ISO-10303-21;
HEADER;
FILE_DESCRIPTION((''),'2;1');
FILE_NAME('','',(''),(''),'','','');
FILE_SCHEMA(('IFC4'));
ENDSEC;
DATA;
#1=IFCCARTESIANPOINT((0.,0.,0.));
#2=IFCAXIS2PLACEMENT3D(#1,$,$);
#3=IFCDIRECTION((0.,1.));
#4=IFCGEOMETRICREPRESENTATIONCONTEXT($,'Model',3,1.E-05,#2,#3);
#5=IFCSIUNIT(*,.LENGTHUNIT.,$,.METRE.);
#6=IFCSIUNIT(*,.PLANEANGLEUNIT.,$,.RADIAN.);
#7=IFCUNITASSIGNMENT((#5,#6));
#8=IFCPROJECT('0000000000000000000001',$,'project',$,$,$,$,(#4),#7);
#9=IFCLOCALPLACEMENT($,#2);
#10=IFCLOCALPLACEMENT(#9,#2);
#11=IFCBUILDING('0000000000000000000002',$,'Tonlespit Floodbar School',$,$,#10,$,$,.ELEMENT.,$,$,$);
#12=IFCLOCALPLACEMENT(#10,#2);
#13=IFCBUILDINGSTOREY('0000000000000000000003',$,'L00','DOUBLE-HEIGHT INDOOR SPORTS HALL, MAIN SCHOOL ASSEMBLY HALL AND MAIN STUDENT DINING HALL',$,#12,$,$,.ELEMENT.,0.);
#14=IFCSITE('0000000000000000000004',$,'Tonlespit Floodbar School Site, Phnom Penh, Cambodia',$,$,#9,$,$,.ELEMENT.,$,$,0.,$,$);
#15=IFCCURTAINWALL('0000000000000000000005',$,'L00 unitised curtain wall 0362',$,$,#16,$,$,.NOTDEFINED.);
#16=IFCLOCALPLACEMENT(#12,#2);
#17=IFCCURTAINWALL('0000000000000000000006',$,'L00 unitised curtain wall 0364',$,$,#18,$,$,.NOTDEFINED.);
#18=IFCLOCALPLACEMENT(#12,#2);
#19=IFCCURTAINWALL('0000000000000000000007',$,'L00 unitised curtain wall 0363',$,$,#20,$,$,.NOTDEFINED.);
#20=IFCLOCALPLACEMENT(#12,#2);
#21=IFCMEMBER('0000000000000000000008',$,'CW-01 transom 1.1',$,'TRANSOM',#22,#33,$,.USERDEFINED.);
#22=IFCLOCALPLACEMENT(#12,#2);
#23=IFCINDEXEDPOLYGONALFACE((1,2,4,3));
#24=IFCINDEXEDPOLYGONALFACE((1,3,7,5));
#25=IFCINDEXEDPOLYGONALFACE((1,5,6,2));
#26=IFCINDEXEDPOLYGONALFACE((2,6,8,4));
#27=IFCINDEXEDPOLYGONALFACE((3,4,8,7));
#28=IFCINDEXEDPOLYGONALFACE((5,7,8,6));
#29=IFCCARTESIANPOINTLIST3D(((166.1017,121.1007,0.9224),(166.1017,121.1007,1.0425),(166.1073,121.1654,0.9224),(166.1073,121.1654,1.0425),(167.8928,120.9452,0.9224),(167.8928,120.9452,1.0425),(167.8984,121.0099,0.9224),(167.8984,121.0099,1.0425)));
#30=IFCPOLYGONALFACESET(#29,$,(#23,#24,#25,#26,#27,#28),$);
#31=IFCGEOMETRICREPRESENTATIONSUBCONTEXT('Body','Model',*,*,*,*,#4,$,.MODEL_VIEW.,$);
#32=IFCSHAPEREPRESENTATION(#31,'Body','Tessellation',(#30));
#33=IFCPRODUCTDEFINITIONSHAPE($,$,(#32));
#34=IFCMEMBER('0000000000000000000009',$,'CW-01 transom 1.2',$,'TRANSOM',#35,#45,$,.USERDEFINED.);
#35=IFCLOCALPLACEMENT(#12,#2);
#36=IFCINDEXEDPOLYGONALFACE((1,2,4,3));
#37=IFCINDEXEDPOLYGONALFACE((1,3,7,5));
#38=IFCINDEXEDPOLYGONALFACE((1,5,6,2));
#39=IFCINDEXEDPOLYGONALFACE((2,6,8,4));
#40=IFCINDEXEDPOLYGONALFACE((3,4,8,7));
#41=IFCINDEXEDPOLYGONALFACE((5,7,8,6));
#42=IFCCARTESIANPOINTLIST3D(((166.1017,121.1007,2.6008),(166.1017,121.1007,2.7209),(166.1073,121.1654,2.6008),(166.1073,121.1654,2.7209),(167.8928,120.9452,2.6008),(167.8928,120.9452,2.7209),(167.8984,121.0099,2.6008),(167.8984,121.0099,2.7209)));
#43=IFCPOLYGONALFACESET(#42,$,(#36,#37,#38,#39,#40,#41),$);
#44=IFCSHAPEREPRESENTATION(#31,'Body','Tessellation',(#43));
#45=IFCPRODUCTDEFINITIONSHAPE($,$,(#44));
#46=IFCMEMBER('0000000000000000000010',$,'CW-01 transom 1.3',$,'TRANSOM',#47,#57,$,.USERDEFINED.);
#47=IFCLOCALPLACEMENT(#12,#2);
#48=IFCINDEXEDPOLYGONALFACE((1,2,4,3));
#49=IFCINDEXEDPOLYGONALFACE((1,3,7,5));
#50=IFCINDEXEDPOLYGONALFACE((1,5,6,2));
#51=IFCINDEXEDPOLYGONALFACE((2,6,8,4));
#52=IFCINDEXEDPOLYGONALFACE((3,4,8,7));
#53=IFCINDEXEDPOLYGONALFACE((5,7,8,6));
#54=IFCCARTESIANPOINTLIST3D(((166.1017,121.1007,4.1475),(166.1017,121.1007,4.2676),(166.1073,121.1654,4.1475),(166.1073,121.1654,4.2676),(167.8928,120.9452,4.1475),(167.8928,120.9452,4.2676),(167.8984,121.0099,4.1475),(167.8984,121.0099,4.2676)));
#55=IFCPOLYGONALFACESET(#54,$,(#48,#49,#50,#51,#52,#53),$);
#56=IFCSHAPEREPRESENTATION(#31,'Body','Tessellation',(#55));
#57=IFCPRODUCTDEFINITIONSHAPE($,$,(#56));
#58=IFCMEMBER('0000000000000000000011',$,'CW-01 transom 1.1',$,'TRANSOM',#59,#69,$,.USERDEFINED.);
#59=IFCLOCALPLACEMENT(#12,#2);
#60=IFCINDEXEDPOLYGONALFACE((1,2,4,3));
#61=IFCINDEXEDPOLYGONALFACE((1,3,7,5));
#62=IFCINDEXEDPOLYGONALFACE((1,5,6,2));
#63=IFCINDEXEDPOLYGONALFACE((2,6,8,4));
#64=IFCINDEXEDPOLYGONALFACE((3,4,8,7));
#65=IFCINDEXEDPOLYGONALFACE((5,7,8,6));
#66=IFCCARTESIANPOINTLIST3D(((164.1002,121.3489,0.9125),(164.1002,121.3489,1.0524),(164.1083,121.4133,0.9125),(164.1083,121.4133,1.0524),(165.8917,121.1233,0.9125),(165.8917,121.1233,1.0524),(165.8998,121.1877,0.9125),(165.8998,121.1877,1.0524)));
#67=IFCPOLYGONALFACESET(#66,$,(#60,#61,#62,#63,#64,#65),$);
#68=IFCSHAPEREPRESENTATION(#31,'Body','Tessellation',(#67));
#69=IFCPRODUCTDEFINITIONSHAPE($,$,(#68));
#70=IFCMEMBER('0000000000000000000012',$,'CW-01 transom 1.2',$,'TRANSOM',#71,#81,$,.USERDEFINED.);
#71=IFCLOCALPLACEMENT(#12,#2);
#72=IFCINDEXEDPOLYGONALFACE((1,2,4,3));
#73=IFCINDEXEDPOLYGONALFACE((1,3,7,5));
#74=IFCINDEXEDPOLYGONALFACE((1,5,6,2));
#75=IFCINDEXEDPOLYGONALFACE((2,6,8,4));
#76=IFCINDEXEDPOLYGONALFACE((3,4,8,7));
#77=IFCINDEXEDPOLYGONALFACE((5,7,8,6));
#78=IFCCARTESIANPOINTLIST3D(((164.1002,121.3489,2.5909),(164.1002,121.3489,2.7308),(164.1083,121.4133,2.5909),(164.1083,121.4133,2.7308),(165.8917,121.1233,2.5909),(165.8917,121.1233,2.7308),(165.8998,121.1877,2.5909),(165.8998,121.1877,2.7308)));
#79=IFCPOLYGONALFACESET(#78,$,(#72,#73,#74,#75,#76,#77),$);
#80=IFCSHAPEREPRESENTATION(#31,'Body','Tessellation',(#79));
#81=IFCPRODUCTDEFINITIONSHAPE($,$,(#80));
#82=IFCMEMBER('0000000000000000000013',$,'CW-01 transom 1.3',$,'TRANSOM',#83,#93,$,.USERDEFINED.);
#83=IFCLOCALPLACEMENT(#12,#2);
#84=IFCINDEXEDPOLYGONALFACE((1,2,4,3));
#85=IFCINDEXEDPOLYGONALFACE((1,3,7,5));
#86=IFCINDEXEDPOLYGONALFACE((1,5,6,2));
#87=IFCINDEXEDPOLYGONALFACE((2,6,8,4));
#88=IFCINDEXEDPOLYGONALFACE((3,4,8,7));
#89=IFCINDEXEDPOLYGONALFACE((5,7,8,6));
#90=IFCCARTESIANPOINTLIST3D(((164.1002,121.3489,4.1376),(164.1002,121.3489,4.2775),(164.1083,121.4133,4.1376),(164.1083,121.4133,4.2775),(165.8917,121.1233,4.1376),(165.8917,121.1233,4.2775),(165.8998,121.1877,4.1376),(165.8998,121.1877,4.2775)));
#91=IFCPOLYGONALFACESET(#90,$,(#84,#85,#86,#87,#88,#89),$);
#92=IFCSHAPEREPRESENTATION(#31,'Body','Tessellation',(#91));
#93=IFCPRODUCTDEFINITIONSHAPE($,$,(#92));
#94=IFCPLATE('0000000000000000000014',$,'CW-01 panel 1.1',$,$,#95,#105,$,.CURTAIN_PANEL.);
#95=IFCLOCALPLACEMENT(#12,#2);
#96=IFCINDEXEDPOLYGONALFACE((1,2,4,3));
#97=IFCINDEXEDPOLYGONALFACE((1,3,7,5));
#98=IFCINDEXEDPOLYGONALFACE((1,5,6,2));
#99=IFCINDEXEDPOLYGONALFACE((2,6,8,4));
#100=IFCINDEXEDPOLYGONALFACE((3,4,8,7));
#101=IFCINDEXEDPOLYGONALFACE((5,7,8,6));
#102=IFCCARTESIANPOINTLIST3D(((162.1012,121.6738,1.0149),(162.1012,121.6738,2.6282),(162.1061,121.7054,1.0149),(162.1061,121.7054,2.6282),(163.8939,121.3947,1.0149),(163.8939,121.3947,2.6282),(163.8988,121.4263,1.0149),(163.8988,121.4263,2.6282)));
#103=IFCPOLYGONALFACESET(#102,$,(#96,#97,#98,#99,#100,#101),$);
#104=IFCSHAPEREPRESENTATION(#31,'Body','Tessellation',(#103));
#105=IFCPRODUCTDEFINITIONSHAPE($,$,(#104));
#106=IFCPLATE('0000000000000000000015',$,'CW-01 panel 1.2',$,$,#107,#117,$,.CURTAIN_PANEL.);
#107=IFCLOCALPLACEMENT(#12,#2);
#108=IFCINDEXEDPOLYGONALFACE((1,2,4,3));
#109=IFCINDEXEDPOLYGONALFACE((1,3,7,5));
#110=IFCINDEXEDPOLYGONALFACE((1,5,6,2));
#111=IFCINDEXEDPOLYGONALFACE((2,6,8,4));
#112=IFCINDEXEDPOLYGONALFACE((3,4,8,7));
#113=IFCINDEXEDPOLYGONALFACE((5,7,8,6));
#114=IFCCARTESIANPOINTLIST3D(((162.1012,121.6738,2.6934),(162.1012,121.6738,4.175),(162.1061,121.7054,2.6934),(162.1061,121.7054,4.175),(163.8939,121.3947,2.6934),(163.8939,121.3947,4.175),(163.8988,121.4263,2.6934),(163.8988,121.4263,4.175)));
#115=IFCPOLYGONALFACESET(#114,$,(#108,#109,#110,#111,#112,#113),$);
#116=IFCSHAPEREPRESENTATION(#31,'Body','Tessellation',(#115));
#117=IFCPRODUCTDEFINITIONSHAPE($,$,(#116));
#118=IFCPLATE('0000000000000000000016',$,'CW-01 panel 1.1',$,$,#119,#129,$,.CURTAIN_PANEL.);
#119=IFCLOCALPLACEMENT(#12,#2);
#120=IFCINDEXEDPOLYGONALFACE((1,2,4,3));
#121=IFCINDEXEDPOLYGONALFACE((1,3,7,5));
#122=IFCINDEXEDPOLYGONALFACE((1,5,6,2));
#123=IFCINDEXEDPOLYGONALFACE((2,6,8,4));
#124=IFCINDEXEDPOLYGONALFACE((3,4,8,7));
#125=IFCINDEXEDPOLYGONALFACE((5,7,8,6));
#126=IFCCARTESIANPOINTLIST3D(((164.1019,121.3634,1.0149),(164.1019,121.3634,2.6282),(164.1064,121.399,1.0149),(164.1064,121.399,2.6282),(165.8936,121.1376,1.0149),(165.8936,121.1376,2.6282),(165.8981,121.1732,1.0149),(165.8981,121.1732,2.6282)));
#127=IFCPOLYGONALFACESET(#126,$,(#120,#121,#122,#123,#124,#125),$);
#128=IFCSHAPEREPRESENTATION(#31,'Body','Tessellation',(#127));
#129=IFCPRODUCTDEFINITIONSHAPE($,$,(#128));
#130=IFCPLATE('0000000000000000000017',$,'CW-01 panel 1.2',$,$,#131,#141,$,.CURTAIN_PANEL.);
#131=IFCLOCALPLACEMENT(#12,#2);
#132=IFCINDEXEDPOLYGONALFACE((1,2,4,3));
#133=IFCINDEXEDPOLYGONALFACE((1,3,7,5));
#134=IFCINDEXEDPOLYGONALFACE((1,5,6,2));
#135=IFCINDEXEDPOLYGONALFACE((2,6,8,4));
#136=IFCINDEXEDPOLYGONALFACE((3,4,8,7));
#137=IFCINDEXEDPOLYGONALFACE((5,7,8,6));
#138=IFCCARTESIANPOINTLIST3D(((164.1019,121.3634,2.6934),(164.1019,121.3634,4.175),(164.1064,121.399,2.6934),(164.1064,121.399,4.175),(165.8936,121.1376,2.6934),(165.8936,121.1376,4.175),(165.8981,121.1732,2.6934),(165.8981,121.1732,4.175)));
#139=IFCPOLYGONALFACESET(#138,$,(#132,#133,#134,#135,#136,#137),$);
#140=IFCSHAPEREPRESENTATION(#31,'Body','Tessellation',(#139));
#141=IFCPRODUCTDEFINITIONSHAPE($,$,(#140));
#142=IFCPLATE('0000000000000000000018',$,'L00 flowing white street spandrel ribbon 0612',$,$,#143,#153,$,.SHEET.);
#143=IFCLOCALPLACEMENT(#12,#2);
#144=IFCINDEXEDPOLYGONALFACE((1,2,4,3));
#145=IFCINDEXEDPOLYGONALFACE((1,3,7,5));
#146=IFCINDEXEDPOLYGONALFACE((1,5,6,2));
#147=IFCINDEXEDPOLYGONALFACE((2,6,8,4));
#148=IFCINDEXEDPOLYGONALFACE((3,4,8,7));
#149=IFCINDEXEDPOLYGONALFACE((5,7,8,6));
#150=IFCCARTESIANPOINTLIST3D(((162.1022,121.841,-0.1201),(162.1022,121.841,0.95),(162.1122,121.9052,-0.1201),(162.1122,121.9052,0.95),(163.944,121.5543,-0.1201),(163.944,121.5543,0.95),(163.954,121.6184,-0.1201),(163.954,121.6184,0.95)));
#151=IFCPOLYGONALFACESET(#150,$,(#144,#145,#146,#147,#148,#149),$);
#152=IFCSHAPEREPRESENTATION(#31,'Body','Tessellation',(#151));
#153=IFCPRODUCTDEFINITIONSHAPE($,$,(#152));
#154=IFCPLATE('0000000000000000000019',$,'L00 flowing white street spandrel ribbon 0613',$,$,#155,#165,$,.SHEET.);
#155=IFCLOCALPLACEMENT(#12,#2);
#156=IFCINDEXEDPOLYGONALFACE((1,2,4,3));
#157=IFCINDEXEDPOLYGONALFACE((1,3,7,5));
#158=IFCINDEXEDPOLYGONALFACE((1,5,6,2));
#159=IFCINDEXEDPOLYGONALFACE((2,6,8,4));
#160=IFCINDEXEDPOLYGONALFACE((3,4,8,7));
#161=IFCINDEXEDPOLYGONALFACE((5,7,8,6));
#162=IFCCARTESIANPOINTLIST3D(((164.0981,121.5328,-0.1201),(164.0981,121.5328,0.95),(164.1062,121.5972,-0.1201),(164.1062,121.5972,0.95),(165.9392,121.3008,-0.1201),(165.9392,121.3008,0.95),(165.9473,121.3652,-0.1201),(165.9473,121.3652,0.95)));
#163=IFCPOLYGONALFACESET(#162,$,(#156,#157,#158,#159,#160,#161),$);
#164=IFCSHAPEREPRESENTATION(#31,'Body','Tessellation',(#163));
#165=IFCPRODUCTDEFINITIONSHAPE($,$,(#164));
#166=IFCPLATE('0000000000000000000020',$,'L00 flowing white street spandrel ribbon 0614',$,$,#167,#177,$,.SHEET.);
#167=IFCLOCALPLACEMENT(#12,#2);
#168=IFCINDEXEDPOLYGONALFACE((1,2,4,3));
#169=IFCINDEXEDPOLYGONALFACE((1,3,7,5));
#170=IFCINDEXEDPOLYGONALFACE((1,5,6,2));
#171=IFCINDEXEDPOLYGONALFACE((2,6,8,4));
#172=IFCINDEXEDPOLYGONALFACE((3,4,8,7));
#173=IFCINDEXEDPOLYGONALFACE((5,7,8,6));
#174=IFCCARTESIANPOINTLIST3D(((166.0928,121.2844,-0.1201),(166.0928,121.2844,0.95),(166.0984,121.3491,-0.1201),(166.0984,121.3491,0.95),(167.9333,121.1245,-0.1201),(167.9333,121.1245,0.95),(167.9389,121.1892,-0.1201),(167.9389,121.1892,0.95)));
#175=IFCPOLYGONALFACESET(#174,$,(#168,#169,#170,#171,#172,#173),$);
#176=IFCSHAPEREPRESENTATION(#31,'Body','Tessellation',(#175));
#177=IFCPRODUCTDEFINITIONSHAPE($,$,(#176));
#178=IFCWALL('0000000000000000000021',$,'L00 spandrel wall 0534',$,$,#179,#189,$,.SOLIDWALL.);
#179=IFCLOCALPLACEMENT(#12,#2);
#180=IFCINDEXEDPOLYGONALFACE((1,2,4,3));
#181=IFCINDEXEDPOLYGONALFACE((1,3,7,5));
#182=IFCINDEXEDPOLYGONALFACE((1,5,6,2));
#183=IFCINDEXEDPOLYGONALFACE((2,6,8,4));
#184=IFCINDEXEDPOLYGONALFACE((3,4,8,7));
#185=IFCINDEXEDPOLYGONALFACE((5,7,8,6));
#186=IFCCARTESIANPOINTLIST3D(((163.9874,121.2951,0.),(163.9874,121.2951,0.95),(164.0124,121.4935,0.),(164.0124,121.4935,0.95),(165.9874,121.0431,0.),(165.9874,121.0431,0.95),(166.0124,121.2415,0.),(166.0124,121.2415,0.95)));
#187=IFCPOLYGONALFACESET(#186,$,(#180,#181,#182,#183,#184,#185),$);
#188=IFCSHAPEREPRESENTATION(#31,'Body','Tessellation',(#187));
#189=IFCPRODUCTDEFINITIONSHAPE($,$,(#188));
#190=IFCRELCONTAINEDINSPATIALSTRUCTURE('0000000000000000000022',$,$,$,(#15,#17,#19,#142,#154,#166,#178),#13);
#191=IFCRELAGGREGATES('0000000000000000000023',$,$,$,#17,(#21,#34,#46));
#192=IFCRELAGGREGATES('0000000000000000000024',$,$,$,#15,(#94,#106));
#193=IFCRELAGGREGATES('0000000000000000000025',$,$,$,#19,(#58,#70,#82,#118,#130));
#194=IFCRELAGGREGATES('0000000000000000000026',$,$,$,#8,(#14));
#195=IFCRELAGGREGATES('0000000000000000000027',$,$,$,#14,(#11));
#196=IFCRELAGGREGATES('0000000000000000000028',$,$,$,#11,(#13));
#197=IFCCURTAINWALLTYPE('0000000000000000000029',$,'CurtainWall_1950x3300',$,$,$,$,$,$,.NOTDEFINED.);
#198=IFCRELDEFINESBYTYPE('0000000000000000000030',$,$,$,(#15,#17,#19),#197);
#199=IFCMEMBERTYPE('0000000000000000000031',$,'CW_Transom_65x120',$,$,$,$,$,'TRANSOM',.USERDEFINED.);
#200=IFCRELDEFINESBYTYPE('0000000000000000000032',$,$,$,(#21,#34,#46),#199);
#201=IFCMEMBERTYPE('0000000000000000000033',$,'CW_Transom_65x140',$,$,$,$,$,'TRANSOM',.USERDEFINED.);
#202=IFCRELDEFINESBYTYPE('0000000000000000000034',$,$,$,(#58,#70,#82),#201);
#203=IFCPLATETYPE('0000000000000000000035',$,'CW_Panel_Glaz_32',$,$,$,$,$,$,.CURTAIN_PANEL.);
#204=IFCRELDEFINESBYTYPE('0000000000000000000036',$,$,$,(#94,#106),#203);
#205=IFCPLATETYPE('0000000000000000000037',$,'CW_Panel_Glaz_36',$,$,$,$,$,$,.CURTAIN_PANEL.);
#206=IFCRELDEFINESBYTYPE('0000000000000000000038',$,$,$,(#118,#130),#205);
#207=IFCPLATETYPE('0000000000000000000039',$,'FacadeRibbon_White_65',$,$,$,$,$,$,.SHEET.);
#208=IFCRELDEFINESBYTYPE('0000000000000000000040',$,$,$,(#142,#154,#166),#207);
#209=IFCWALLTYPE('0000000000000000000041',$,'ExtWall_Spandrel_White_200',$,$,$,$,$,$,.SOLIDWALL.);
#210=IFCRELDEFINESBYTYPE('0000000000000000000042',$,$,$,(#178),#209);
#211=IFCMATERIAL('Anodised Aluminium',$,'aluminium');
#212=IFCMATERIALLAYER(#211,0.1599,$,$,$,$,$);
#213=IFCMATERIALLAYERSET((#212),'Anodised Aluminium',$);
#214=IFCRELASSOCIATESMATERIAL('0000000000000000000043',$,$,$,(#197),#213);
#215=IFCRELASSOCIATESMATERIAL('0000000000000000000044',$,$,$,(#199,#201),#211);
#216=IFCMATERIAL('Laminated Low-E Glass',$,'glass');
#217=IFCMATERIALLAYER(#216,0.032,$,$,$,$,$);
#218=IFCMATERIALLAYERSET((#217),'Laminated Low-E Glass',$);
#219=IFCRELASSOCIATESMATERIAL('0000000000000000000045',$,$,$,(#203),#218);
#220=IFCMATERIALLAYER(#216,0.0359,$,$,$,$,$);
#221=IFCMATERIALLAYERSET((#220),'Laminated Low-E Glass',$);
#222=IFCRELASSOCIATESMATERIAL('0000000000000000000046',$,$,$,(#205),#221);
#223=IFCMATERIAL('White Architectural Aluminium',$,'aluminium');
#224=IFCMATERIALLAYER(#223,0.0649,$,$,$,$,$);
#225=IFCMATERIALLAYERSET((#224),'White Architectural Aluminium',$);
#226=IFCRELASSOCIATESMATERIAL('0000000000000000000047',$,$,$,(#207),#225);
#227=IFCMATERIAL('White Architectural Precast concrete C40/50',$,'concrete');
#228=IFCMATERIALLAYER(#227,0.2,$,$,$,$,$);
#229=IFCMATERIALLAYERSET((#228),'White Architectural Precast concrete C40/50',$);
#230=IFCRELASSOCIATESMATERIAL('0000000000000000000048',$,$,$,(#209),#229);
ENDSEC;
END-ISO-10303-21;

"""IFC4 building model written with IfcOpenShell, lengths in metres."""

from ifc_helpers import new_model, si_unit, direction, frame, frame_2d, origin, origin_2d, place, context, subcontext, project, spatial, rectangle, extrude, material, layer, layer_set, material_profile, profile_set, type_object, element, aggregate, save


model = new_model("IFC4")

# Units and contexts
model_context = context("Model", 3, precision=1e-05, world=origin(), true_north=direction((0.0, 1.0)))
body_context = subcontext(model_context, "Body", "Model", "MODEL_VIEW")
ifc_project = project(units=[si_unit("LENGTHUNIT", "METRE"), si_unit("PLANEANGLEUNIT", "RADIAN")], contexts=[model_context])

# Site, building, storey
site_placement = place(None, origin())
site = spatial("IfcSite", under=ifc_project, at=site_placement, Name="Tonlespit Floodbar School Site, Phnom Penh, Cambodia", CompositionType="ELEMENT", RefElevation=0.0)
building_placement = place(site_placement, origin())
building = spatial("IfcBuilding", under=site, at=building_placement, Name="Tonlespit Floodbar School", CompositionType="ELEMENT")
storey_placement = place(building_placement, origin())
storey = spatial("IfcBuildingStorey", under=building, at=storey_placement, Name="L00", Description="DOUBLE-HEIGHT INDOOR SPORTS HALL, MAIN SCHOOL ASSEMBLY HALL AND MAIN STUDENT DINING HALL", CompositionType="ELEMENT", Elevation=0.0)

# Curtain walls
ifc_material_1 = material(Name="Anodised Aluminium", Category="aluminium")
ifc_layer_1 = layer(ifc_material_1, 0.1599)
ifc_layer_set_1 = layer_set([ifc_layer_1], Name="Anodised Aluminium")
curtain_wall_type = type_object("IfcCurtainWallType", Name="CurtainWall_1950x3300", PredefinedType="NOTDEFINED", material=ifc_layer_set_1)
curtain_wall_1_placement = place(storey_placement, origin())
curtain_wall_1 = element("IfcCurtainWall", 1, at=curtain_wall_1_placement, inside=storey, type_object=curtain_wall_type, Name="L00 unitised curtain wall 0362", PredefinedType="NOTDEFINED")
curtain_wall_2_placement = place(storey_placement, origin())
curtain_wall_2 = element("IfcCurtainWall", 2, at=curtain_wall_2_placement, inside=storey, type_object=curtain_wall_type, Name="L00 unitised curtain wall 0364", PredefinedType="NOTDEFINED")

# Curtain wall
curtain_wall_3_placement = place(storey_placement, origin())
curtain_wall_3 = element("IfcCurtainWall", 3, at=curtain_wall_3_placement, inside=storey, type_object=curtain_wall_type, Name="L00 unitised curtain wall 0363", PredefinedType="NOTDEFINED")

# Members
ifc_material_profile_1 = material_profile(ifc_material_1, rectangle(XDim=0.0649, YDim=0.1201, at=origin_2d()), Name="ALU T65x120")
ifc_profile_set_1 = profile_set([ifc_material_profile_1], Name="Anodised Aluminium")
member_type_1 = type_object("IfcMemberType", Name="CW_Transom_65x120", ElementType="TRANSOM", PredefinedType="USERDEFINED", material=ifc_profile_set_1)
member_1_placement = place(storey_placement, frame((166.1045, 121.1331, 0.9824), z_axis=(0.996251, -0.086507, 0.0), x_axis=(0.086507, 0.996251, 0.0)))
member_1 = element("IfcMember", 4, at=member_1_placement, type_object=member_type_1, Name="CW-01 transom 1.1", ObjectType="TRANSOM", PredefinedType="USERDEFINED", context=body_context, shape_type="SweptSolid", body=[
    extrude(rectangle(XDim=0.0649, YDim=0.1201, at=origin_2d()), origin(), (0.0, 0.0, 1.0), 1.7979),
])
member_2_placement = place(storey_placement, frame((166.1045, 121.1331, 2.6609), z_axis=(0.996251, -0.086507, 0.0), x_axis=(0.086507, 0.996251, 0.0)))
member_2 = element("IfcMember", 5, at=member_2_placement, type_object=member_type_1, Name="CW-01 transom 1.2", ObjectType="TRANSOM", PredefinedType="USERDEFINED", context=body_context, shape_type="SweptSolid", body=[
    extrude(rectangle(XDim=0.0649, YDim=0.1201, at=origin_2d()), origin(), (0.0, 0.0, 1.0), 1.7979),
])
member_3_placement = place(storey_placement, frame((166.1045, 121.1331, 4.2075), z_axis=(0.996251, -0.086507, 0.0), x_axis=(0.086507, 0.996251, 0.0)))
member_3 = element("IfcMember", 6, at=member_3_placement, type_object=member_type_1, Name="CW-01 transom 1.3", ObjectType="TRANSOM", PredefinedType="USERDEFINED", context=body_context, shape_type="SweptSolid", body=[
    extrude(rectangle(XDim=0.0649, YDim=0.1201, at=origin_2d()), origin(), (0.0, 0.0, 1.0), 1.7979),
])
aggregate(curtain_wall_2, [member_1, member_2, member_3])
ifc_material_profile_2 = material_profile(ifc_material_1, rectangle(XDim=0.0649, YDim=0.1399, at=origin_2d()), Name="ALU T65x140")
ifc_profile_set_2 = profile_set([ifc_material_profile_2], Name="Anodised Aluminium")
member_type_2 = type_object("IfcMemberType", Name="CW_Transom_65x140", ElementType="TRANSOM", PredefinedType="USERDEFINED", material=ifc_profile_set_2)
member_4_placement = place(storey_placement, frame((164.1042, 121.3811, 0.9824), z_axis=(0.992165, -0.124933, 0.0), x_axis=(0.124933, 0.992165, 0.0)))
member_4 = element("IfcMember", 7, at=member_4_placement, type_object=member_type_2, Name="CW-01 transom 1.1", ObjectType="TRANSOM", PredefinedType="USERDEFINED", context=body_context, shape_type="SweptSolid", body=[
    extrude(rectangle(XDim=0.0649, YDim=0.1399, at=origin_2d()), origin(), (0.0, 0.0, 1.0), 1.8057),
])
member_5_placement = place(storey_placement, frame((164.1042, 121.3811, 2.6609), z_axis=(0.992165, -0.124933, 0.0), x_axis=(0.124933, 0.992165, 0.0)))
member_5 = element("IfcMember", 8, at=member_5_placement, type_object=member_type_2, Name="CW-01 transom 1.2", ObjectType="TRANSOM", PredefinedType="USERDEFINED", context=body_context, shape_type="SweptSolid", body=[
    extrude(rectangle(XDim=0.0649, YDim=0.1399, at=origin_2d()), origin(), (0.0, 0.0, 1.0), 1.8057),
])
member_6_placement = place(storey_placement, frame((164.1042, 121.3811, 4.2075), z_axis=(0.992165, -0.124933, 0.0), x_axis=(0.124933, 0.992165, 0.0)))
member_6 = element("IfcMember", 9, at=member_6_placement, type_object=member_type_2, Name="CW-01 transom 1.3", ObjectType="TRANSOM", PredefinedType="USERDEFINED", context=body_context, shape_type="SweptSolid", body=[
    extrude(rectangle(XDim=0.0649, YDim=0.1399, at=origin_2d()), origin(), (0.0, 0.0, 1.0), 1.8057),
])

# Plates
ifc_material_2 = material(Name="Laminated Low-E Glass", Category="glass")
ifc_layer_2 = layer(ifc_material_2, 0.032)
ifc_layer_set_2 = layer_set([ifc_layer_2], Name="Laminated Low-E Glass")
plate_type_1 = type_object("IfcPlateType", Name="CW_Panel_Glaz_32", PredefinedType="CURTAIN_PANEL", material=ifc_layer_set_2)
plate_1_placement = place(storey_placement, frame((163.0, 121.55, 1.0149), z_axis=(0.0, 0.0, 1.0), x_axis=(0.988103, -0.153796, 0.0)))
plate_1 = element("IfcPlate", 10, at=plate_1_placement, type_object=plate_type_1, Name="CW-01 panel 1.1", PredefinedType="CURTAIN_PANEL", context=body_context, shape_type="SweptSolid", body=[
    extrude(rectangle(XDim=1.8142, YDim=0.032, at=origin_2d()), origin(), (0.0, 0.0, 1.0), 1.6133),
])
plate_2_placement = place(storey_placement, frame((163.0, 121.55, 2.6934), z_axis=(0.0, 0.0, 1.0), x_axis=(0.988103, -0.153796, 0.0)))
plate_2 = element("IfcPlate", 11, at=plate_2_placement, type_object=plate_type_1, Name="CW-01 panel 1.2", PredefinedType="CURTAIN_PANEL", context=body_context, shape_type="SweptSolid", body=[
    extrude(rectangle(XDim=1.8142, YDim=0.032, at=origin_2d()), origin(), (0.0, 0.0, 1.0), 1.4817),
])
aggregate(curtain_wall_1, [plate_1, plate_2])
ifc_layer_3 = layer(ifc_material_2, 0.0359)
ifc_layer_set_3 = layer_set([ifc_layer_3], Name="Laminated Low-E Glass")
plate_type_2 = type_object("IfcPlateType", Name="CW_Panel_Glaz_36", PredefinedType="CURTAIN_PANEL", material=ifc_layer_set_3)
plate_3_placement = place(storey_placement, frame((165.0, 121.2683, 1.0149), z_axis=(0.0, 0.0, 1.0), x_axis=(0.992155, -0.125014, 0.0)))
plate_3 = element("IfcPlate", 12, at=plate_3_placement, type_object=plate_type_2, Name="CW-01 panel 1.1", PredefinedType="CURTAIN_PANEL", context=body_context, shape_type="SweptSolid", body=[
    extrude(rectangle(XDim=1.8059, YDim=0.0359, at=origin_2d()), origin(), (0.0, 0.0, 1.0), 1.6133),
])
plate_4_placement = place(storey_placement, frame((165.0, 121.2683, 2.6934), z_axis=(0.0, 0.0, 1.0), x_axis=(0.992155, -0.125014, 0.0)))
plate_4 = element("IfcPlate", 13, at=plate_4_placement, type_object=plate_type_2, Name="CW-01 panel 1.2", PredefinedType="CURTAIN_PANEL", context=body_context, shape_type="SweptSolid", body=[
    extrude(rectangle(XDim=1.8059, YDim=0.0359, at=origin_2d()), origin(), (0.0, 0.0, 1.0), 1.4817),
])
aggregate(curtain_wall_3, [member_4, member_5, member_6, plate_3, plate_4])

# Plates
ifc_material_3 = material(Name="White Architectural Aluminium", Category="aluminium")
ifc_layer_4 = layer(ifc_material_3, 0.0649)
ifc_layer_set_4 = layer_set([ifc_layer_4], Name="White Architectural Aluminium")
plate_type_3 = type_object("IfcPlateType", Name="FacadeRibbon_White_65", PredefinedType="SHEET", material=ifc_layer_set_4)
plate_5_placement = place(storey_placement, frame((163.0281, 121.7297, -0.1201), z_axis=(0.0, 0.0, 1.0), x_axis=(0.988095, -0.153846, 0.0)))
element("IfcPlate", 14, at=plate_5_placement, inside=storey, type_object=plate_type_3, Name="L00 flowing white street spandrel ribbon 0612", PredefinedType="SHEET", context=body_context, shape_type="SweptSolid", body=[
    extrude(rectangle(XDim=1.864, YDim=0.0649, at=origin_2d()), origin(), (0.0, 0.0, 1.0), 1.0701),
])
plate_6_placement = place(storey_placement, frame((165.0227, 121.449, -0.1201), z_axis=(0.0, 0.0, 1.0), x_axis=(0.992155, -0.125011, 0.0)))
element("IfcPlate", 15, at=plate_6_placement, inside=storey, type_object=plate_type_3, Name="L00 flowing white street spandrel ribbon 0613", PredefinedType="SHEET", context=body_context, shape_type="SweptSolid", body=[
    extrude(rectangle(XDim=1.8557, YDim=0.0649, at=origin_2d()), origin(), (0.0, 0.0, 1.0), 1.0701),
])
plate_7_placement = place(storey_placement, frame((167.0159, 121.2368, -0.1201), z_axis=(0.0, 0.0, 1.0), x_axis=(0.996245, -0.086573, 0.0)))
element("IfcPlate", 16, at=plate_7_placement, inside=storey, type_object=plate_type_3, Name="L00 flowing white street spandrel ribbon 0614", PredefinedType="SHEET", context=body_context, shape_type="SweptSolid", body=[
    extrude(rectangle(XDim=1.8474, YDim=0.0649, at=origin_2d()), origin(), (0.0, 0.0, 1.0), 1.0701),
])

# Wall
ifc_material_4 = material(Name="White Architectural Precast concrete C40/50", Category="concrete")
ifc_layer_5 = layer(ifc_material_4, 0.2)
ifc_layer_set_5 = layer_set([ifc_layer_5], Name="White Architectural Precast concrete C40/50")
wall_type = type_object("IfcWallType", Name="ExtWall_Spandrel_White_200", PredefinedType="SOLIDWALL", material=ifc_layer_set_5)
wall_1_placement = place(storey_placement, frame((164.0, 121.3943, 0.0), z_axis=(0.0, 0.0, 1.0), x_axis=(0.992158, -0.124989, 0.0)))
element("IfcWall", 17, at=wall_1_placement, inside=storey, type_object=wall_type, Name="L00 spandrel wall 0534", PredefinedType="SOLIDWALL", context=body_context, shape_type="SweptSolid", body=[
    extrude(rectangle(XDim=2.0159, YDim=0.2, at=frame_2d((1.0078, 0.0))), origin(), (0.0, 0.0, 1.0), 0.95),
])

save(model, "model.ifc")
